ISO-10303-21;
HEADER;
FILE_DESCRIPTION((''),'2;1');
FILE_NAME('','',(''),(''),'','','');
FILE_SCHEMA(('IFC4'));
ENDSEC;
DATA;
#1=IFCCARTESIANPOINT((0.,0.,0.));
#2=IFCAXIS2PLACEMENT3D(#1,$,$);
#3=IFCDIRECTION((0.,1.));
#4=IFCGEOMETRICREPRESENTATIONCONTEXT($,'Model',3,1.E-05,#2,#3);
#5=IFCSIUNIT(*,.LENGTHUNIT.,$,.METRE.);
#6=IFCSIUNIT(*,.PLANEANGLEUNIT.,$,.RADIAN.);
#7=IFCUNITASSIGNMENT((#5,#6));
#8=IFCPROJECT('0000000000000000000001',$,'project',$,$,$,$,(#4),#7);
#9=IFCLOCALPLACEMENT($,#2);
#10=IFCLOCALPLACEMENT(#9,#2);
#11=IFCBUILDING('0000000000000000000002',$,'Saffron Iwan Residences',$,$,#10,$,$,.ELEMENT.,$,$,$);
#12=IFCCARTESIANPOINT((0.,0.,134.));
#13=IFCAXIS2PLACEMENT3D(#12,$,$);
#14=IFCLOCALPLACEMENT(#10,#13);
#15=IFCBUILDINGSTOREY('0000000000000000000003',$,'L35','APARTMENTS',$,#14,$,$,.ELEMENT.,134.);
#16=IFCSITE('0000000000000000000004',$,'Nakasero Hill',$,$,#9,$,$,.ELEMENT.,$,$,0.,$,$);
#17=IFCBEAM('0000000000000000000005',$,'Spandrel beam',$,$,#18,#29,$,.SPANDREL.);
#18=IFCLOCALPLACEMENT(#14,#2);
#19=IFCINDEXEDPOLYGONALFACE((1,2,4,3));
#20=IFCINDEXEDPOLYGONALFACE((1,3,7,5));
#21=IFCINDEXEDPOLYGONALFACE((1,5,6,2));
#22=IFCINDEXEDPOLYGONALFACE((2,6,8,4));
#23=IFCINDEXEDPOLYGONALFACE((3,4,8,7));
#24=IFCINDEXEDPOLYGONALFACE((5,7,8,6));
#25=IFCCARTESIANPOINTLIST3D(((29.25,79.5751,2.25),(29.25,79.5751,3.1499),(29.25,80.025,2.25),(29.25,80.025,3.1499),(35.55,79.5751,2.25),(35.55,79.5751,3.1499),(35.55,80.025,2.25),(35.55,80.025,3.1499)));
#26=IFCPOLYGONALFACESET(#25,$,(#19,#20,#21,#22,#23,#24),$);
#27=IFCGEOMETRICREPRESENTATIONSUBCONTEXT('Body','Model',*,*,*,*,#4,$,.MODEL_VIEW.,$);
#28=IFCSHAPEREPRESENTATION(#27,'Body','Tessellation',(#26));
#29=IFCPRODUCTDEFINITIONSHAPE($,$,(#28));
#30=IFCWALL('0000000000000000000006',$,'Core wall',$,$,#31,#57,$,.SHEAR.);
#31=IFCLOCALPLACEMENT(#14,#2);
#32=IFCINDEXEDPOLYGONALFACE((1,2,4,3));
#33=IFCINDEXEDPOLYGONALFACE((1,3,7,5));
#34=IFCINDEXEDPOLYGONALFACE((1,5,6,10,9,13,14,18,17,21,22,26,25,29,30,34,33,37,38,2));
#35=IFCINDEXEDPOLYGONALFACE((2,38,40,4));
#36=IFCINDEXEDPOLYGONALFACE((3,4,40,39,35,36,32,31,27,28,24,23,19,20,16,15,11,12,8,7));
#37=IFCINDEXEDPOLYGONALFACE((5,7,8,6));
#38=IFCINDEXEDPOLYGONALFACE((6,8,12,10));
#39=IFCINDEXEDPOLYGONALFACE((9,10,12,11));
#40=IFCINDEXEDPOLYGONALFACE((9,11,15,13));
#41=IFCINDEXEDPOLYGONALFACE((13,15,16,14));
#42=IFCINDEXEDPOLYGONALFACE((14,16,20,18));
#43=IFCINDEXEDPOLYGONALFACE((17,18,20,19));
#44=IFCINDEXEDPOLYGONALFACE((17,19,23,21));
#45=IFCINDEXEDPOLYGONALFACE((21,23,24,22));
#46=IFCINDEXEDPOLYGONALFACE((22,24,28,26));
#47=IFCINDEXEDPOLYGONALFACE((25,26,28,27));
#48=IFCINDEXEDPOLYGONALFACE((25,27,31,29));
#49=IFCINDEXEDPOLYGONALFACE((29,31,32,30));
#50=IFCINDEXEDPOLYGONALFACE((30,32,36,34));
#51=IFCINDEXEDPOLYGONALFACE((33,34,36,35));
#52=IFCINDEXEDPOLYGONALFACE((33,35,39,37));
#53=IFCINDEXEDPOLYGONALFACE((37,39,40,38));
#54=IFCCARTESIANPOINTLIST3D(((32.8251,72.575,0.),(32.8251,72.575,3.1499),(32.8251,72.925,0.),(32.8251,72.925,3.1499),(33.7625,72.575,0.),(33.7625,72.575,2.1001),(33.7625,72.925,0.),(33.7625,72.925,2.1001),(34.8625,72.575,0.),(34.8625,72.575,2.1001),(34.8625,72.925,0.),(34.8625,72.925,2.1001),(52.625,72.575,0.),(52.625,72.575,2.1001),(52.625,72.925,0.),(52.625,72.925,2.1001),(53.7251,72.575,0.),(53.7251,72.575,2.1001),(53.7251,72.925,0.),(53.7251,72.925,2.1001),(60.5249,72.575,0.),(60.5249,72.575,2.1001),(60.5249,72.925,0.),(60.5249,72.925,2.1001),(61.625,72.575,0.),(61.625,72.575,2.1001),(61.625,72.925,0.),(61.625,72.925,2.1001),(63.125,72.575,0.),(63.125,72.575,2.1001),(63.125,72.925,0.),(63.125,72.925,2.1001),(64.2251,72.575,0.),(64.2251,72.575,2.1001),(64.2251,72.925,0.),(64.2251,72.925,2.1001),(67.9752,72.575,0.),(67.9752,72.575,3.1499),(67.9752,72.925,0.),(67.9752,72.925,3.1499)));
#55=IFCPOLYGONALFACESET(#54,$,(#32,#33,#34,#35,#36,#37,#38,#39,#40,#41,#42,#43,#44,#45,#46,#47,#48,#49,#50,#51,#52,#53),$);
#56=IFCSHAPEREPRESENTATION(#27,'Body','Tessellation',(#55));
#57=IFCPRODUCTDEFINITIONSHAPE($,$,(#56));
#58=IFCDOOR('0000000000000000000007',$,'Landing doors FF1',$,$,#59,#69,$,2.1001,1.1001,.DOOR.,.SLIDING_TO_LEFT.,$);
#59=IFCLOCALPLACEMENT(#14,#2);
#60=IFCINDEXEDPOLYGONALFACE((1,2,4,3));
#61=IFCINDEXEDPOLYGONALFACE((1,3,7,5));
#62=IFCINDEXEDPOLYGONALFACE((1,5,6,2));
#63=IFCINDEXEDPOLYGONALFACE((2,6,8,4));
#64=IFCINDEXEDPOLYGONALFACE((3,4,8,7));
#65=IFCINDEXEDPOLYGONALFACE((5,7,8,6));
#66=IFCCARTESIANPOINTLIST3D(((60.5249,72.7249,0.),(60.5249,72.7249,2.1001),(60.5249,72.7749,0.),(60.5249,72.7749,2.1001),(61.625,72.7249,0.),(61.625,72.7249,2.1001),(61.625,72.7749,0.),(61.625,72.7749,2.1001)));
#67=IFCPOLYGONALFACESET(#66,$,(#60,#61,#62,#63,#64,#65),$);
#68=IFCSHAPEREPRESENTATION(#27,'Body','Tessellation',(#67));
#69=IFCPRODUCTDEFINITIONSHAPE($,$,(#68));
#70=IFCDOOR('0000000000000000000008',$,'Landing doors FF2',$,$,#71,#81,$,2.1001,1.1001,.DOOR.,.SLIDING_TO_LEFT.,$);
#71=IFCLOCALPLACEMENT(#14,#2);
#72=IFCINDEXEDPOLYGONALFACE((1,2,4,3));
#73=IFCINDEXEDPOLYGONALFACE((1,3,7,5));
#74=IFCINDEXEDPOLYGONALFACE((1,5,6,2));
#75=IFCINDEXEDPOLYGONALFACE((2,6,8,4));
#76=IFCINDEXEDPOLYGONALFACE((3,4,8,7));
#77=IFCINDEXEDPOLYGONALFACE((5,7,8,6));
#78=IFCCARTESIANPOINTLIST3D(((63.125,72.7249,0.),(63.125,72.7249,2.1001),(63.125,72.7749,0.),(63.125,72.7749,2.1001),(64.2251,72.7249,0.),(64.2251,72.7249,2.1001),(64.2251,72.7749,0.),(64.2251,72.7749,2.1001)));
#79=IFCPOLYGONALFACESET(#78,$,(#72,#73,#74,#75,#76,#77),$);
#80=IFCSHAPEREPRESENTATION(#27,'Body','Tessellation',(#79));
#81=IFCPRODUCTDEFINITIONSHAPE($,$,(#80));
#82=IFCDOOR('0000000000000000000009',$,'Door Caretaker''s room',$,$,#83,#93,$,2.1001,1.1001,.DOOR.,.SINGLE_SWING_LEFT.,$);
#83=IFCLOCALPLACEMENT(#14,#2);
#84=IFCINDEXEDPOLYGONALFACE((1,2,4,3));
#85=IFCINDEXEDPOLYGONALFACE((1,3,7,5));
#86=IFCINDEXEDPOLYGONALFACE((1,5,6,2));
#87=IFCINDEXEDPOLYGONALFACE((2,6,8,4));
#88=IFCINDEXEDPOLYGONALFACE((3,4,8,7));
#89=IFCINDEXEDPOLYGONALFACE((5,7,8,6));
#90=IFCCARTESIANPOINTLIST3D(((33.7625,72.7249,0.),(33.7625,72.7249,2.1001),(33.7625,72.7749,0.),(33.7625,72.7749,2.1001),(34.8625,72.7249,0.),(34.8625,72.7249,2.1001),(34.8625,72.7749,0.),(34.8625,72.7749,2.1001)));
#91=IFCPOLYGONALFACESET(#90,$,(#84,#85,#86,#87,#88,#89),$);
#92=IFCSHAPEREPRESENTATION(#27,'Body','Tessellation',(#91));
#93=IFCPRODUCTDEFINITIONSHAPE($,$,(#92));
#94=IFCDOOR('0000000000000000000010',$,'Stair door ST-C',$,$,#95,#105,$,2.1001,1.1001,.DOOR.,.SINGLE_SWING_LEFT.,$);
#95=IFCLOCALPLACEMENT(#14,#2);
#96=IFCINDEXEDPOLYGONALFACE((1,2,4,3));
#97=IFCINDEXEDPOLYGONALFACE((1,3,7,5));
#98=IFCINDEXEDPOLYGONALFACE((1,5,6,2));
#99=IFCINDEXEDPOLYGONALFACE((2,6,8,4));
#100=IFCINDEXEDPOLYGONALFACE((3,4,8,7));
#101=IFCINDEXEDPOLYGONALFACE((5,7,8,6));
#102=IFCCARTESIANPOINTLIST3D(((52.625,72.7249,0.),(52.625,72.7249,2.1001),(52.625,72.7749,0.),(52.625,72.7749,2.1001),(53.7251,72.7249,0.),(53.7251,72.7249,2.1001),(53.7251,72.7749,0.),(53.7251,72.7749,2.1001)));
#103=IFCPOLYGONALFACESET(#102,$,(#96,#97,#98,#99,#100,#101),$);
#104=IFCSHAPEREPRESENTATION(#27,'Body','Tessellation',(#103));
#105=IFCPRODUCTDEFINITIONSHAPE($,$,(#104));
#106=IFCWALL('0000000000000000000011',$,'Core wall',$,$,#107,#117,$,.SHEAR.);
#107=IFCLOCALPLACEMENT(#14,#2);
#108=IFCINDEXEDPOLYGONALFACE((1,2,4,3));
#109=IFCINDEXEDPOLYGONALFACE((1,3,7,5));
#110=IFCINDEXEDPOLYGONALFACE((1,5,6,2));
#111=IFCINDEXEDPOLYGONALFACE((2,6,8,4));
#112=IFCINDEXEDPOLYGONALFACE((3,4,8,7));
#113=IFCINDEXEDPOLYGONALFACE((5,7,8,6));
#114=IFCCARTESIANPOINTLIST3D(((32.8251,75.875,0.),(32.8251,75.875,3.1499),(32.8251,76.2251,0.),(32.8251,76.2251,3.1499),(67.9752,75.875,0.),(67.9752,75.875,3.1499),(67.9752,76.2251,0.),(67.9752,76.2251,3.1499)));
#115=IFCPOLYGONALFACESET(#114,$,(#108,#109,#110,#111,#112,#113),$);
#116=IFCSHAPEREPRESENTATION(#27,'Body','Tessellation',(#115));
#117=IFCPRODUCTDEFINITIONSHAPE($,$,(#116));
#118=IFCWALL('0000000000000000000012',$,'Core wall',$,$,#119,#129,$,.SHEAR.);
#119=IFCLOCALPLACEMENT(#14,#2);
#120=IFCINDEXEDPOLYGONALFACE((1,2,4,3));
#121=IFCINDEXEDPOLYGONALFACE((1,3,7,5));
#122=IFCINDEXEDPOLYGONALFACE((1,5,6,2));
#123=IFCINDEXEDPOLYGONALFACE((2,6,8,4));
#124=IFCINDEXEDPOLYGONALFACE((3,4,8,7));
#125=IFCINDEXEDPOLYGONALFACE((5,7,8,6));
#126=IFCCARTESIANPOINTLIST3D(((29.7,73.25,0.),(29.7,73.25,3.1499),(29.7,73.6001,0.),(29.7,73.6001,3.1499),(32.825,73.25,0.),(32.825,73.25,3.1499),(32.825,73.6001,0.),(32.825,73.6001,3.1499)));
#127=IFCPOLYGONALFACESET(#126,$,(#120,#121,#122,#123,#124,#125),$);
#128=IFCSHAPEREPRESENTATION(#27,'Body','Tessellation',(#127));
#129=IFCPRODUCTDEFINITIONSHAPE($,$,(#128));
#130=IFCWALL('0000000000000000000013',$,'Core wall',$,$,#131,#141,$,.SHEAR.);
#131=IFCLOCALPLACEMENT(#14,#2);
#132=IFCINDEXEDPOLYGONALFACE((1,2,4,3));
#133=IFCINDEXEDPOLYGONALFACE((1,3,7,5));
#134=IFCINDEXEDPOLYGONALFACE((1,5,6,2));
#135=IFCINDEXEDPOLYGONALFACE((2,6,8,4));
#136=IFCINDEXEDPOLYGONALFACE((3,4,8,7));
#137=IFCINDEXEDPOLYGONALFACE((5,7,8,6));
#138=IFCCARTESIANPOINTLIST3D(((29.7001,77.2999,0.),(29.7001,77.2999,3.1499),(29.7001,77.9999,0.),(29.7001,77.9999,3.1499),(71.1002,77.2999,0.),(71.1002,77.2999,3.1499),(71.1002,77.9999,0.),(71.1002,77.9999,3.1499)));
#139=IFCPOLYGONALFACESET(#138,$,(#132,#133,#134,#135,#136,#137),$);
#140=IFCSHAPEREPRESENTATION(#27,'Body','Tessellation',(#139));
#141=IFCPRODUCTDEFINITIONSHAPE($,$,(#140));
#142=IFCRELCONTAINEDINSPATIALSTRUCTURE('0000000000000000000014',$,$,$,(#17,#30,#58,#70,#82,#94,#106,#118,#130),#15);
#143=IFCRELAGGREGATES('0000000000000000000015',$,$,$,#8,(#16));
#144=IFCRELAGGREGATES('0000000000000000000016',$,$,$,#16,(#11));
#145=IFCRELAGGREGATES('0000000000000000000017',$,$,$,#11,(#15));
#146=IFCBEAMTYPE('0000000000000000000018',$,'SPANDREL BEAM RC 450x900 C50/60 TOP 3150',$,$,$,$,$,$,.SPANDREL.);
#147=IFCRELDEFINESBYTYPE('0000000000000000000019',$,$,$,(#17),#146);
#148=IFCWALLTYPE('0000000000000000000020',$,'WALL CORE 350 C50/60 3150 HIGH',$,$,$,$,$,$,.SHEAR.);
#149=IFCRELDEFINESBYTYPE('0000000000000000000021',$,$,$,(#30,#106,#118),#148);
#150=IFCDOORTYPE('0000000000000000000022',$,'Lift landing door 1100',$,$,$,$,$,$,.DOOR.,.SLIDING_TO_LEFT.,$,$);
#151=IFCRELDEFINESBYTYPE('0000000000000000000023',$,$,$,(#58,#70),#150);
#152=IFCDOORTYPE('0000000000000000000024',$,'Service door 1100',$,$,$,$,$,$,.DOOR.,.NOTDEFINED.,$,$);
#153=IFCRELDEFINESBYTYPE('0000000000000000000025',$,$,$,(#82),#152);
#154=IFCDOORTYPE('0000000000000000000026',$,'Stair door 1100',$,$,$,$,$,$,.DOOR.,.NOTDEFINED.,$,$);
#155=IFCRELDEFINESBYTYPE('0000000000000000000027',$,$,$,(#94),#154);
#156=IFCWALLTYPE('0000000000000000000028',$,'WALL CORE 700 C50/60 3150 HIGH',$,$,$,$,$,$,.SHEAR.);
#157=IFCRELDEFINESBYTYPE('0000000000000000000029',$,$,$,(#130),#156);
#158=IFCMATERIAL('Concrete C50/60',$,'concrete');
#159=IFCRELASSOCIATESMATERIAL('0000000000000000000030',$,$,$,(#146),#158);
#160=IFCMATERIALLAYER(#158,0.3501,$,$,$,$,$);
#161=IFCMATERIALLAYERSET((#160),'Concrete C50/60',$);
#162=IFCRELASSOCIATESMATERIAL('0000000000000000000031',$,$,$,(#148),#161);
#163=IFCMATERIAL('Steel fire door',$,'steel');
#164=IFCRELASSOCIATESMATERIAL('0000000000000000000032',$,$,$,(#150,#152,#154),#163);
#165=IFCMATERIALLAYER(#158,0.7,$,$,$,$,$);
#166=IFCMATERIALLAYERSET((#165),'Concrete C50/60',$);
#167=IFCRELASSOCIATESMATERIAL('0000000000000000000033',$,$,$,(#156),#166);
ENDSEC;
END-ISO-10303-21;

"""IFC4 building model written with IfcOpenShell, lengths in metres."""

from ifc_helpers import new_model, si_unit, direction, frame, frame_2d, origin, origin_2d, place, context, subcontext, project, spatial, rectangle, extrude, source, transform, mapped, material, layer, layer_set, material_profile, profile_set, type_object, element, fill, save


model = new_model("IFC4")

# Units and contexts
model_context = context("Model", 3, precision=1e-05, world=origin(), true_north=direction((0.0, 1.0)))
body_context = subcontext(model_context, "Body", "Model", "MODEL_VIEW")
ifc_project = project(units=[si_unit("LENGTHUNIT", "METRE"), si_unit("PLANEANGLEUNIT", "RADIAN")], contexts=[model_context])

# Site, building, storey
site_placement = place(None, origin())
site = spatial("IfcSite", under=ifc_project, at=site_placement, Name="Nakasero Hill", CompositionType="ELEMENT", RefElevation=0.0)
building_placement = place(site_placement, origin())
building = spatial("IfcBuilding", under=site, at=building_placement, Name="Saffron Iwan Residences", CompositionType="ELEMENT")
storey_placement = place(building_placement, frame((0.0, 0.0, 134.0)))
storey = spatial("IfcBuildingStorey", under=building, at=storey_placement, Name="L35", Description="APARTMENTS", CompositionType="ELEMENT", Elevation=134.0)

# Beam
ifc_material_1 = material(Name="Concrete C50/60", Category="concrete")
ifc_material_profile = material_profile(ifc_material_1, rectangle(XDim=0.45, YDim=0.8999, at=origin_2d()), Name="RC 450x900")
ifc_profile_set = profile_set([ifc_material_profile], Name="Concrete C50/60")
beam_type = type_object("IfcBeamType", Name="SPANDREL BEAM RC 450x900 C50/60 TOP 3150", PredefinedType="SPANDREL", material=ifc_profile_set)
shared_shape = source(origin(), body_context, "Body", "SweptSolid", [
    extrude(rectangle(XDim=0.45, YDim=0.8999, at=origin_2d()), origin(), (0.0, 0.0, 1.0), 6.3),
])
beam_placement = place(storey_placement, frame((29.25, 79.8, 2.7), z_axis=(1.0, 0.0, 0.0), x_axis=(0.0, 1.0, 0.0)))
element("IfcBeam", 1, at=beam_placement, inside=storey, type_object=beam_type, Name="Spandrel beam", PredefinedType="SPANDREL", context=body_context, shape_type="MappedRepresentation", body=[
    mapped(shared_shape, transform((0.0, 0.0, 0.0))),
])

# Wall, openings, doors
ifc_layer_1 = layer(ifc_material_1, 0.3501)
ifc_layer_set_1 = layer_set([ifc_layer_1], Name="Concrete C50/60")
wall_type_1 = type_object("IfcWallType", Name="WALL CORE 350 C50/60 3150 HIGH", PredefinedType="SHEAR", material=ifc_layer_set_1)
wall_1_placement = place(storey_placement, frame((32.825, 72.75, 0.0), z_axis=(0.0, 0.0, 1.0), x_axis=(1.0, 0.0, 0.0)))
wall_1 = element("IfcWall", 2, at=wall_1_placement, inside=storey, type_object=wall_type_1, Name="Core wall", PredefinedType="SHEAR", context=body_context, shape_type="SweptSolid", body=[
    extrude(rectangle(XDim=35.1501, YDim=0.3501, at=frame_2d((17.5752, 0.0))), origin(), (0.0, 0.0, 1.0), 3.1499),
])
opening_1_placement = place(wall_1_placement, frame((19.8, 0.0, 0.0)))
opening_1 = element("IfcOpeningElement", 3, at=opening_1_placement, cuts=wall_1, PredefinedType="OPENING", context=body_context, shape_type="SweptSolid", body=[
    extrude(rectangle(XDim=1.1001, YDim=2.1001, at=frame_2d((0.55, 1.05))), frame((0.0, 0.1851, 0.0), z_axis=(0.0, -1.0, 0.0), x_axis=(1.0, 0.0, 0.0)), (0.0, 0.0, 1.0), 0.3701),
])
opening_2_placement = place(wall_1_placement, frame((27.7, 0.0, 0.0)))
opening_2 = element("IfcOpeningElement", 4, at=opening_2_placement, cuts=wall_1, PredefinedType="OPENING", context=body_context, shape_type="SweptSolid", body=[
    extrude(rectangle(XDim=1.1001, YDim=2.1001, at=frame_2d((0.55, 1.05))), frame((0.0, 0.1851, 0.0), z_axis=(0.0, -1.0, 0.0), x_axis=(1.0, 0.0, 0.0)), (0.0, 0.0, 1.0), 0.3701),
])
opening_3_placement = place(wall_1_placement, frame((30.3, 0.0, 0.0)))
opening_3 = element("IfcOpeningElement", 5, at=opening_3_placement, cuts=wall_1, PredefinedType="OPENING", context=body_context, shape_type="SweptSolid", body=[
    extrude(rectangle(XDim=1.1001, YDim=2.1001, at=frame_2d((0.55, 1.05))), frame((0.0, 0.1851, 0.0), z_axis=(0.0, -1.0, 0.0), x_axis=(1.0, 0.0, 0.0)), (0.0, 0.0, 1.0), 0.3701),
])
opening_4_placement = place(wall_1_placement, frame((0.9375, 0.0, 0.0)))
opening_4 = element("IfcOpeningElement", 6, at=opening_4_placement, cuts=wall_1, PredefinedType="OPENING", context=body_context, shape_type="SweptSolid", body=[
    extrude(rectangle(XDim=1.1001, YDim=2.1001, at=frame_2d((0.55, 1.05))), frame((0.0, 0.1851, 0.0), z_axis=(0.0, -1.0, 0.0), x_axis=(1.0, 0.0, 0.0)), (0.0, 0.0, 1.0), 0.3701),
])
ifc_material_2 = material(Name="Steel fire door", Category="steel")
door_type_1 = type_object("IfcDoorType", Name="Lift landing door 1100", OperationType="SLIDING_TO_LEFT", PredefinedType="DOOR", material=ifc_material_2)
door_1_placement = place(opening_2_placement, origin())
door_1 = element("IfcDoor", 7, at=door_1_placement, inside=storey, type_object=door_type_1, Name="Landing doors FF1", OperationType="SLIDING_TO_LEFT", OverallHeight=2.1001, OverallWidth=1.1001, PredefinedType="DOOR", context=body_context, shape_type="SweptSolid", body=[
    extrude(rectangle(XDim=1.1001, YDim=2.1001, at=frame_2d((0.55, 1.05))), frame((0.0, 0.0249, 0.0), z_axis=(0.0, -1.0, 0.0), x_axis=(1.0, 0.0, 0.0)), (0.0, 0.0, 1.0), 0.05),
])
fill(opening_2, door_1)
door_2_placement = place(opening_3_placement, origin())
door_2 = element("IfcDoor", 8, at=door_2_placement, inside=storey, type_object=door_type_1, Name="Landing doors FF2", OperationType="SLIDING_TO_LEFT", OverallHeight=2.1001, OverallWidth=1.1001, PredefinedType="DOOR", context=body_context, shape_type="SweptSolid", body=[
    extrude(rectangle(XDim=1.1001, YDim=2.1001, at=frame_2d((0.55, 1.05))), frame((0.0, 0.0249, 0.0), z_axis=(0.0, -1.0, 0.0), x_axis=(1.0, 0.0, 0.0)), (0.0, 0.0, 1.0), 0.05),
])
fill(opening_3, door_2)
door_type_2 = type_object("IfcDoorType", Name="Service door 1100", OperationType="NOTDEFINED", PredefinedType="DOOR", material=ifc_material_2)
door_3_placement = place(opening_4_placement, origin())
door_3 = element("IfcDoor", 9, at=door_3_placement, inside=storey, type_object=door_type_2, Name="Door Caretaker's room", OperationType="SINGLE_SWING_LEFT", OverallHeight=2.1001, OverallWidth=1.1001, PredefinedType="DOOR", context=body_context, shape_type="SweptSolid", body=[
    extrude(rectangle(XDim=1.1001, YDim=2.1001, at=frame_2d((0.55, 1.05))), frame((0.0, 0.0249, 0.0), z_axis=(0.0, -1.0, 0.0), x_axis=(1.0, 0.0, 0.0)), (0.0, 0.0, 1.0), 0.05),
])
fill(opening_4, door_3)
door_type_3 = type_object("IfcDoorType", Name="Stair door 1100", OperationType="NOTDEFINED", PredefinedType="DOOR", material=ifc_material_2)
door_4_placement = place(opening_1_placement, origin())
door_4 = element("IfcDoor", 10, at=door_4_placement, inside=storey, type_object=door_type_3, Name="Stair door ST-C", OperationType="SINGLE_SWING_LEFT", OverallHeight=2.1001, OverallWidth=1.1001, PredefinedType="DOOR", context=body_context, shape_type="SweptSolid", body=[
    extrude(rectangle(XDim=1.1001, YDim=2.1001, at=frame_2d((0.55, 1.05))), frame((0.0, 0.0249, 0.0), z_axis=(0.0, -1.0, 0.0), x_axis=(1.0, 0.0, 0.0)), (0.0, 0.0, 1.0), 0.05),
])
fill(opening_1, door_4)

# Walls
wall_2_placement = place(storey_placement, frame((32.825, 76.05, 0.0), z_axis=(0.0, 0.0, 1.0), x_axis=(1.0, 0.0, 0.0)))
element("IfcWall", 11, at=wall_2_placement, inside=storey, type_object=wall_type_1, Name="Core wall", PredefinedType="SHEAR", context=body_context, shape_type="SweptSolid", body=[
    extrude(rectangle(XDim=35.1501, YDim=0.3501, at=frame_2d((17.5752, 0.0))), origin(), (0.0, 0.0, 1.0), 3.1499),
])
wall_3_placement = place(storey_placement, frame((29.7, 73.425, 0.0), z_axis=(0.0, 0.0, 1.0), x_axis=(1.0, 0.0, 0.0)))
element("IfcWall", 12, at=wall_3_placement, inside=storey, type_object=wall_type_1, Name="Core wall", PredefinedType="SHEAR", context=body_context, shape_type="SweptSolid", body=[
    extrude(rectangle(XDim=3.125, YDim=0.3501, at=frame_2d((1.5625, 0.0))), origin(), (0.0, 0.0, 1.0), 3.1499),
])
ifc_layer_2 = layer(ifc_material_1, 0.7)
ifc_layer_set_2 = layer_set([ifc_layer_2], Name="Concrete C50/60")
wall_type_2 = type_object("IfcWallType", Name="WALL CORE 700 C50/60 3150 HIGH", PredefinedType="SHEAR", material=ifc_layer_set_2)
wall_4_placement = place(storey_placement, frame((29.7, 77.6499, 0.0), z_axis=(0.0, 0.0, 1.0), x_axis=(1.0, 0.0, 0.0)))
element("IfcWall", 13, at=wall_4_placement, inside=storey, type_object=wall_type_2, Name="Core wall", PredefinedType="SHEAR", context=body_context, shape_type="SweptSolid", body=[
    extrude(rectangle(XDim=41.4001, YDim=0.7, at=frame_2d((20.7002, 0.0))), origin(), (0.0, 0.0, 1.0), 3.1499),
])

save(model, "model.ifc")
